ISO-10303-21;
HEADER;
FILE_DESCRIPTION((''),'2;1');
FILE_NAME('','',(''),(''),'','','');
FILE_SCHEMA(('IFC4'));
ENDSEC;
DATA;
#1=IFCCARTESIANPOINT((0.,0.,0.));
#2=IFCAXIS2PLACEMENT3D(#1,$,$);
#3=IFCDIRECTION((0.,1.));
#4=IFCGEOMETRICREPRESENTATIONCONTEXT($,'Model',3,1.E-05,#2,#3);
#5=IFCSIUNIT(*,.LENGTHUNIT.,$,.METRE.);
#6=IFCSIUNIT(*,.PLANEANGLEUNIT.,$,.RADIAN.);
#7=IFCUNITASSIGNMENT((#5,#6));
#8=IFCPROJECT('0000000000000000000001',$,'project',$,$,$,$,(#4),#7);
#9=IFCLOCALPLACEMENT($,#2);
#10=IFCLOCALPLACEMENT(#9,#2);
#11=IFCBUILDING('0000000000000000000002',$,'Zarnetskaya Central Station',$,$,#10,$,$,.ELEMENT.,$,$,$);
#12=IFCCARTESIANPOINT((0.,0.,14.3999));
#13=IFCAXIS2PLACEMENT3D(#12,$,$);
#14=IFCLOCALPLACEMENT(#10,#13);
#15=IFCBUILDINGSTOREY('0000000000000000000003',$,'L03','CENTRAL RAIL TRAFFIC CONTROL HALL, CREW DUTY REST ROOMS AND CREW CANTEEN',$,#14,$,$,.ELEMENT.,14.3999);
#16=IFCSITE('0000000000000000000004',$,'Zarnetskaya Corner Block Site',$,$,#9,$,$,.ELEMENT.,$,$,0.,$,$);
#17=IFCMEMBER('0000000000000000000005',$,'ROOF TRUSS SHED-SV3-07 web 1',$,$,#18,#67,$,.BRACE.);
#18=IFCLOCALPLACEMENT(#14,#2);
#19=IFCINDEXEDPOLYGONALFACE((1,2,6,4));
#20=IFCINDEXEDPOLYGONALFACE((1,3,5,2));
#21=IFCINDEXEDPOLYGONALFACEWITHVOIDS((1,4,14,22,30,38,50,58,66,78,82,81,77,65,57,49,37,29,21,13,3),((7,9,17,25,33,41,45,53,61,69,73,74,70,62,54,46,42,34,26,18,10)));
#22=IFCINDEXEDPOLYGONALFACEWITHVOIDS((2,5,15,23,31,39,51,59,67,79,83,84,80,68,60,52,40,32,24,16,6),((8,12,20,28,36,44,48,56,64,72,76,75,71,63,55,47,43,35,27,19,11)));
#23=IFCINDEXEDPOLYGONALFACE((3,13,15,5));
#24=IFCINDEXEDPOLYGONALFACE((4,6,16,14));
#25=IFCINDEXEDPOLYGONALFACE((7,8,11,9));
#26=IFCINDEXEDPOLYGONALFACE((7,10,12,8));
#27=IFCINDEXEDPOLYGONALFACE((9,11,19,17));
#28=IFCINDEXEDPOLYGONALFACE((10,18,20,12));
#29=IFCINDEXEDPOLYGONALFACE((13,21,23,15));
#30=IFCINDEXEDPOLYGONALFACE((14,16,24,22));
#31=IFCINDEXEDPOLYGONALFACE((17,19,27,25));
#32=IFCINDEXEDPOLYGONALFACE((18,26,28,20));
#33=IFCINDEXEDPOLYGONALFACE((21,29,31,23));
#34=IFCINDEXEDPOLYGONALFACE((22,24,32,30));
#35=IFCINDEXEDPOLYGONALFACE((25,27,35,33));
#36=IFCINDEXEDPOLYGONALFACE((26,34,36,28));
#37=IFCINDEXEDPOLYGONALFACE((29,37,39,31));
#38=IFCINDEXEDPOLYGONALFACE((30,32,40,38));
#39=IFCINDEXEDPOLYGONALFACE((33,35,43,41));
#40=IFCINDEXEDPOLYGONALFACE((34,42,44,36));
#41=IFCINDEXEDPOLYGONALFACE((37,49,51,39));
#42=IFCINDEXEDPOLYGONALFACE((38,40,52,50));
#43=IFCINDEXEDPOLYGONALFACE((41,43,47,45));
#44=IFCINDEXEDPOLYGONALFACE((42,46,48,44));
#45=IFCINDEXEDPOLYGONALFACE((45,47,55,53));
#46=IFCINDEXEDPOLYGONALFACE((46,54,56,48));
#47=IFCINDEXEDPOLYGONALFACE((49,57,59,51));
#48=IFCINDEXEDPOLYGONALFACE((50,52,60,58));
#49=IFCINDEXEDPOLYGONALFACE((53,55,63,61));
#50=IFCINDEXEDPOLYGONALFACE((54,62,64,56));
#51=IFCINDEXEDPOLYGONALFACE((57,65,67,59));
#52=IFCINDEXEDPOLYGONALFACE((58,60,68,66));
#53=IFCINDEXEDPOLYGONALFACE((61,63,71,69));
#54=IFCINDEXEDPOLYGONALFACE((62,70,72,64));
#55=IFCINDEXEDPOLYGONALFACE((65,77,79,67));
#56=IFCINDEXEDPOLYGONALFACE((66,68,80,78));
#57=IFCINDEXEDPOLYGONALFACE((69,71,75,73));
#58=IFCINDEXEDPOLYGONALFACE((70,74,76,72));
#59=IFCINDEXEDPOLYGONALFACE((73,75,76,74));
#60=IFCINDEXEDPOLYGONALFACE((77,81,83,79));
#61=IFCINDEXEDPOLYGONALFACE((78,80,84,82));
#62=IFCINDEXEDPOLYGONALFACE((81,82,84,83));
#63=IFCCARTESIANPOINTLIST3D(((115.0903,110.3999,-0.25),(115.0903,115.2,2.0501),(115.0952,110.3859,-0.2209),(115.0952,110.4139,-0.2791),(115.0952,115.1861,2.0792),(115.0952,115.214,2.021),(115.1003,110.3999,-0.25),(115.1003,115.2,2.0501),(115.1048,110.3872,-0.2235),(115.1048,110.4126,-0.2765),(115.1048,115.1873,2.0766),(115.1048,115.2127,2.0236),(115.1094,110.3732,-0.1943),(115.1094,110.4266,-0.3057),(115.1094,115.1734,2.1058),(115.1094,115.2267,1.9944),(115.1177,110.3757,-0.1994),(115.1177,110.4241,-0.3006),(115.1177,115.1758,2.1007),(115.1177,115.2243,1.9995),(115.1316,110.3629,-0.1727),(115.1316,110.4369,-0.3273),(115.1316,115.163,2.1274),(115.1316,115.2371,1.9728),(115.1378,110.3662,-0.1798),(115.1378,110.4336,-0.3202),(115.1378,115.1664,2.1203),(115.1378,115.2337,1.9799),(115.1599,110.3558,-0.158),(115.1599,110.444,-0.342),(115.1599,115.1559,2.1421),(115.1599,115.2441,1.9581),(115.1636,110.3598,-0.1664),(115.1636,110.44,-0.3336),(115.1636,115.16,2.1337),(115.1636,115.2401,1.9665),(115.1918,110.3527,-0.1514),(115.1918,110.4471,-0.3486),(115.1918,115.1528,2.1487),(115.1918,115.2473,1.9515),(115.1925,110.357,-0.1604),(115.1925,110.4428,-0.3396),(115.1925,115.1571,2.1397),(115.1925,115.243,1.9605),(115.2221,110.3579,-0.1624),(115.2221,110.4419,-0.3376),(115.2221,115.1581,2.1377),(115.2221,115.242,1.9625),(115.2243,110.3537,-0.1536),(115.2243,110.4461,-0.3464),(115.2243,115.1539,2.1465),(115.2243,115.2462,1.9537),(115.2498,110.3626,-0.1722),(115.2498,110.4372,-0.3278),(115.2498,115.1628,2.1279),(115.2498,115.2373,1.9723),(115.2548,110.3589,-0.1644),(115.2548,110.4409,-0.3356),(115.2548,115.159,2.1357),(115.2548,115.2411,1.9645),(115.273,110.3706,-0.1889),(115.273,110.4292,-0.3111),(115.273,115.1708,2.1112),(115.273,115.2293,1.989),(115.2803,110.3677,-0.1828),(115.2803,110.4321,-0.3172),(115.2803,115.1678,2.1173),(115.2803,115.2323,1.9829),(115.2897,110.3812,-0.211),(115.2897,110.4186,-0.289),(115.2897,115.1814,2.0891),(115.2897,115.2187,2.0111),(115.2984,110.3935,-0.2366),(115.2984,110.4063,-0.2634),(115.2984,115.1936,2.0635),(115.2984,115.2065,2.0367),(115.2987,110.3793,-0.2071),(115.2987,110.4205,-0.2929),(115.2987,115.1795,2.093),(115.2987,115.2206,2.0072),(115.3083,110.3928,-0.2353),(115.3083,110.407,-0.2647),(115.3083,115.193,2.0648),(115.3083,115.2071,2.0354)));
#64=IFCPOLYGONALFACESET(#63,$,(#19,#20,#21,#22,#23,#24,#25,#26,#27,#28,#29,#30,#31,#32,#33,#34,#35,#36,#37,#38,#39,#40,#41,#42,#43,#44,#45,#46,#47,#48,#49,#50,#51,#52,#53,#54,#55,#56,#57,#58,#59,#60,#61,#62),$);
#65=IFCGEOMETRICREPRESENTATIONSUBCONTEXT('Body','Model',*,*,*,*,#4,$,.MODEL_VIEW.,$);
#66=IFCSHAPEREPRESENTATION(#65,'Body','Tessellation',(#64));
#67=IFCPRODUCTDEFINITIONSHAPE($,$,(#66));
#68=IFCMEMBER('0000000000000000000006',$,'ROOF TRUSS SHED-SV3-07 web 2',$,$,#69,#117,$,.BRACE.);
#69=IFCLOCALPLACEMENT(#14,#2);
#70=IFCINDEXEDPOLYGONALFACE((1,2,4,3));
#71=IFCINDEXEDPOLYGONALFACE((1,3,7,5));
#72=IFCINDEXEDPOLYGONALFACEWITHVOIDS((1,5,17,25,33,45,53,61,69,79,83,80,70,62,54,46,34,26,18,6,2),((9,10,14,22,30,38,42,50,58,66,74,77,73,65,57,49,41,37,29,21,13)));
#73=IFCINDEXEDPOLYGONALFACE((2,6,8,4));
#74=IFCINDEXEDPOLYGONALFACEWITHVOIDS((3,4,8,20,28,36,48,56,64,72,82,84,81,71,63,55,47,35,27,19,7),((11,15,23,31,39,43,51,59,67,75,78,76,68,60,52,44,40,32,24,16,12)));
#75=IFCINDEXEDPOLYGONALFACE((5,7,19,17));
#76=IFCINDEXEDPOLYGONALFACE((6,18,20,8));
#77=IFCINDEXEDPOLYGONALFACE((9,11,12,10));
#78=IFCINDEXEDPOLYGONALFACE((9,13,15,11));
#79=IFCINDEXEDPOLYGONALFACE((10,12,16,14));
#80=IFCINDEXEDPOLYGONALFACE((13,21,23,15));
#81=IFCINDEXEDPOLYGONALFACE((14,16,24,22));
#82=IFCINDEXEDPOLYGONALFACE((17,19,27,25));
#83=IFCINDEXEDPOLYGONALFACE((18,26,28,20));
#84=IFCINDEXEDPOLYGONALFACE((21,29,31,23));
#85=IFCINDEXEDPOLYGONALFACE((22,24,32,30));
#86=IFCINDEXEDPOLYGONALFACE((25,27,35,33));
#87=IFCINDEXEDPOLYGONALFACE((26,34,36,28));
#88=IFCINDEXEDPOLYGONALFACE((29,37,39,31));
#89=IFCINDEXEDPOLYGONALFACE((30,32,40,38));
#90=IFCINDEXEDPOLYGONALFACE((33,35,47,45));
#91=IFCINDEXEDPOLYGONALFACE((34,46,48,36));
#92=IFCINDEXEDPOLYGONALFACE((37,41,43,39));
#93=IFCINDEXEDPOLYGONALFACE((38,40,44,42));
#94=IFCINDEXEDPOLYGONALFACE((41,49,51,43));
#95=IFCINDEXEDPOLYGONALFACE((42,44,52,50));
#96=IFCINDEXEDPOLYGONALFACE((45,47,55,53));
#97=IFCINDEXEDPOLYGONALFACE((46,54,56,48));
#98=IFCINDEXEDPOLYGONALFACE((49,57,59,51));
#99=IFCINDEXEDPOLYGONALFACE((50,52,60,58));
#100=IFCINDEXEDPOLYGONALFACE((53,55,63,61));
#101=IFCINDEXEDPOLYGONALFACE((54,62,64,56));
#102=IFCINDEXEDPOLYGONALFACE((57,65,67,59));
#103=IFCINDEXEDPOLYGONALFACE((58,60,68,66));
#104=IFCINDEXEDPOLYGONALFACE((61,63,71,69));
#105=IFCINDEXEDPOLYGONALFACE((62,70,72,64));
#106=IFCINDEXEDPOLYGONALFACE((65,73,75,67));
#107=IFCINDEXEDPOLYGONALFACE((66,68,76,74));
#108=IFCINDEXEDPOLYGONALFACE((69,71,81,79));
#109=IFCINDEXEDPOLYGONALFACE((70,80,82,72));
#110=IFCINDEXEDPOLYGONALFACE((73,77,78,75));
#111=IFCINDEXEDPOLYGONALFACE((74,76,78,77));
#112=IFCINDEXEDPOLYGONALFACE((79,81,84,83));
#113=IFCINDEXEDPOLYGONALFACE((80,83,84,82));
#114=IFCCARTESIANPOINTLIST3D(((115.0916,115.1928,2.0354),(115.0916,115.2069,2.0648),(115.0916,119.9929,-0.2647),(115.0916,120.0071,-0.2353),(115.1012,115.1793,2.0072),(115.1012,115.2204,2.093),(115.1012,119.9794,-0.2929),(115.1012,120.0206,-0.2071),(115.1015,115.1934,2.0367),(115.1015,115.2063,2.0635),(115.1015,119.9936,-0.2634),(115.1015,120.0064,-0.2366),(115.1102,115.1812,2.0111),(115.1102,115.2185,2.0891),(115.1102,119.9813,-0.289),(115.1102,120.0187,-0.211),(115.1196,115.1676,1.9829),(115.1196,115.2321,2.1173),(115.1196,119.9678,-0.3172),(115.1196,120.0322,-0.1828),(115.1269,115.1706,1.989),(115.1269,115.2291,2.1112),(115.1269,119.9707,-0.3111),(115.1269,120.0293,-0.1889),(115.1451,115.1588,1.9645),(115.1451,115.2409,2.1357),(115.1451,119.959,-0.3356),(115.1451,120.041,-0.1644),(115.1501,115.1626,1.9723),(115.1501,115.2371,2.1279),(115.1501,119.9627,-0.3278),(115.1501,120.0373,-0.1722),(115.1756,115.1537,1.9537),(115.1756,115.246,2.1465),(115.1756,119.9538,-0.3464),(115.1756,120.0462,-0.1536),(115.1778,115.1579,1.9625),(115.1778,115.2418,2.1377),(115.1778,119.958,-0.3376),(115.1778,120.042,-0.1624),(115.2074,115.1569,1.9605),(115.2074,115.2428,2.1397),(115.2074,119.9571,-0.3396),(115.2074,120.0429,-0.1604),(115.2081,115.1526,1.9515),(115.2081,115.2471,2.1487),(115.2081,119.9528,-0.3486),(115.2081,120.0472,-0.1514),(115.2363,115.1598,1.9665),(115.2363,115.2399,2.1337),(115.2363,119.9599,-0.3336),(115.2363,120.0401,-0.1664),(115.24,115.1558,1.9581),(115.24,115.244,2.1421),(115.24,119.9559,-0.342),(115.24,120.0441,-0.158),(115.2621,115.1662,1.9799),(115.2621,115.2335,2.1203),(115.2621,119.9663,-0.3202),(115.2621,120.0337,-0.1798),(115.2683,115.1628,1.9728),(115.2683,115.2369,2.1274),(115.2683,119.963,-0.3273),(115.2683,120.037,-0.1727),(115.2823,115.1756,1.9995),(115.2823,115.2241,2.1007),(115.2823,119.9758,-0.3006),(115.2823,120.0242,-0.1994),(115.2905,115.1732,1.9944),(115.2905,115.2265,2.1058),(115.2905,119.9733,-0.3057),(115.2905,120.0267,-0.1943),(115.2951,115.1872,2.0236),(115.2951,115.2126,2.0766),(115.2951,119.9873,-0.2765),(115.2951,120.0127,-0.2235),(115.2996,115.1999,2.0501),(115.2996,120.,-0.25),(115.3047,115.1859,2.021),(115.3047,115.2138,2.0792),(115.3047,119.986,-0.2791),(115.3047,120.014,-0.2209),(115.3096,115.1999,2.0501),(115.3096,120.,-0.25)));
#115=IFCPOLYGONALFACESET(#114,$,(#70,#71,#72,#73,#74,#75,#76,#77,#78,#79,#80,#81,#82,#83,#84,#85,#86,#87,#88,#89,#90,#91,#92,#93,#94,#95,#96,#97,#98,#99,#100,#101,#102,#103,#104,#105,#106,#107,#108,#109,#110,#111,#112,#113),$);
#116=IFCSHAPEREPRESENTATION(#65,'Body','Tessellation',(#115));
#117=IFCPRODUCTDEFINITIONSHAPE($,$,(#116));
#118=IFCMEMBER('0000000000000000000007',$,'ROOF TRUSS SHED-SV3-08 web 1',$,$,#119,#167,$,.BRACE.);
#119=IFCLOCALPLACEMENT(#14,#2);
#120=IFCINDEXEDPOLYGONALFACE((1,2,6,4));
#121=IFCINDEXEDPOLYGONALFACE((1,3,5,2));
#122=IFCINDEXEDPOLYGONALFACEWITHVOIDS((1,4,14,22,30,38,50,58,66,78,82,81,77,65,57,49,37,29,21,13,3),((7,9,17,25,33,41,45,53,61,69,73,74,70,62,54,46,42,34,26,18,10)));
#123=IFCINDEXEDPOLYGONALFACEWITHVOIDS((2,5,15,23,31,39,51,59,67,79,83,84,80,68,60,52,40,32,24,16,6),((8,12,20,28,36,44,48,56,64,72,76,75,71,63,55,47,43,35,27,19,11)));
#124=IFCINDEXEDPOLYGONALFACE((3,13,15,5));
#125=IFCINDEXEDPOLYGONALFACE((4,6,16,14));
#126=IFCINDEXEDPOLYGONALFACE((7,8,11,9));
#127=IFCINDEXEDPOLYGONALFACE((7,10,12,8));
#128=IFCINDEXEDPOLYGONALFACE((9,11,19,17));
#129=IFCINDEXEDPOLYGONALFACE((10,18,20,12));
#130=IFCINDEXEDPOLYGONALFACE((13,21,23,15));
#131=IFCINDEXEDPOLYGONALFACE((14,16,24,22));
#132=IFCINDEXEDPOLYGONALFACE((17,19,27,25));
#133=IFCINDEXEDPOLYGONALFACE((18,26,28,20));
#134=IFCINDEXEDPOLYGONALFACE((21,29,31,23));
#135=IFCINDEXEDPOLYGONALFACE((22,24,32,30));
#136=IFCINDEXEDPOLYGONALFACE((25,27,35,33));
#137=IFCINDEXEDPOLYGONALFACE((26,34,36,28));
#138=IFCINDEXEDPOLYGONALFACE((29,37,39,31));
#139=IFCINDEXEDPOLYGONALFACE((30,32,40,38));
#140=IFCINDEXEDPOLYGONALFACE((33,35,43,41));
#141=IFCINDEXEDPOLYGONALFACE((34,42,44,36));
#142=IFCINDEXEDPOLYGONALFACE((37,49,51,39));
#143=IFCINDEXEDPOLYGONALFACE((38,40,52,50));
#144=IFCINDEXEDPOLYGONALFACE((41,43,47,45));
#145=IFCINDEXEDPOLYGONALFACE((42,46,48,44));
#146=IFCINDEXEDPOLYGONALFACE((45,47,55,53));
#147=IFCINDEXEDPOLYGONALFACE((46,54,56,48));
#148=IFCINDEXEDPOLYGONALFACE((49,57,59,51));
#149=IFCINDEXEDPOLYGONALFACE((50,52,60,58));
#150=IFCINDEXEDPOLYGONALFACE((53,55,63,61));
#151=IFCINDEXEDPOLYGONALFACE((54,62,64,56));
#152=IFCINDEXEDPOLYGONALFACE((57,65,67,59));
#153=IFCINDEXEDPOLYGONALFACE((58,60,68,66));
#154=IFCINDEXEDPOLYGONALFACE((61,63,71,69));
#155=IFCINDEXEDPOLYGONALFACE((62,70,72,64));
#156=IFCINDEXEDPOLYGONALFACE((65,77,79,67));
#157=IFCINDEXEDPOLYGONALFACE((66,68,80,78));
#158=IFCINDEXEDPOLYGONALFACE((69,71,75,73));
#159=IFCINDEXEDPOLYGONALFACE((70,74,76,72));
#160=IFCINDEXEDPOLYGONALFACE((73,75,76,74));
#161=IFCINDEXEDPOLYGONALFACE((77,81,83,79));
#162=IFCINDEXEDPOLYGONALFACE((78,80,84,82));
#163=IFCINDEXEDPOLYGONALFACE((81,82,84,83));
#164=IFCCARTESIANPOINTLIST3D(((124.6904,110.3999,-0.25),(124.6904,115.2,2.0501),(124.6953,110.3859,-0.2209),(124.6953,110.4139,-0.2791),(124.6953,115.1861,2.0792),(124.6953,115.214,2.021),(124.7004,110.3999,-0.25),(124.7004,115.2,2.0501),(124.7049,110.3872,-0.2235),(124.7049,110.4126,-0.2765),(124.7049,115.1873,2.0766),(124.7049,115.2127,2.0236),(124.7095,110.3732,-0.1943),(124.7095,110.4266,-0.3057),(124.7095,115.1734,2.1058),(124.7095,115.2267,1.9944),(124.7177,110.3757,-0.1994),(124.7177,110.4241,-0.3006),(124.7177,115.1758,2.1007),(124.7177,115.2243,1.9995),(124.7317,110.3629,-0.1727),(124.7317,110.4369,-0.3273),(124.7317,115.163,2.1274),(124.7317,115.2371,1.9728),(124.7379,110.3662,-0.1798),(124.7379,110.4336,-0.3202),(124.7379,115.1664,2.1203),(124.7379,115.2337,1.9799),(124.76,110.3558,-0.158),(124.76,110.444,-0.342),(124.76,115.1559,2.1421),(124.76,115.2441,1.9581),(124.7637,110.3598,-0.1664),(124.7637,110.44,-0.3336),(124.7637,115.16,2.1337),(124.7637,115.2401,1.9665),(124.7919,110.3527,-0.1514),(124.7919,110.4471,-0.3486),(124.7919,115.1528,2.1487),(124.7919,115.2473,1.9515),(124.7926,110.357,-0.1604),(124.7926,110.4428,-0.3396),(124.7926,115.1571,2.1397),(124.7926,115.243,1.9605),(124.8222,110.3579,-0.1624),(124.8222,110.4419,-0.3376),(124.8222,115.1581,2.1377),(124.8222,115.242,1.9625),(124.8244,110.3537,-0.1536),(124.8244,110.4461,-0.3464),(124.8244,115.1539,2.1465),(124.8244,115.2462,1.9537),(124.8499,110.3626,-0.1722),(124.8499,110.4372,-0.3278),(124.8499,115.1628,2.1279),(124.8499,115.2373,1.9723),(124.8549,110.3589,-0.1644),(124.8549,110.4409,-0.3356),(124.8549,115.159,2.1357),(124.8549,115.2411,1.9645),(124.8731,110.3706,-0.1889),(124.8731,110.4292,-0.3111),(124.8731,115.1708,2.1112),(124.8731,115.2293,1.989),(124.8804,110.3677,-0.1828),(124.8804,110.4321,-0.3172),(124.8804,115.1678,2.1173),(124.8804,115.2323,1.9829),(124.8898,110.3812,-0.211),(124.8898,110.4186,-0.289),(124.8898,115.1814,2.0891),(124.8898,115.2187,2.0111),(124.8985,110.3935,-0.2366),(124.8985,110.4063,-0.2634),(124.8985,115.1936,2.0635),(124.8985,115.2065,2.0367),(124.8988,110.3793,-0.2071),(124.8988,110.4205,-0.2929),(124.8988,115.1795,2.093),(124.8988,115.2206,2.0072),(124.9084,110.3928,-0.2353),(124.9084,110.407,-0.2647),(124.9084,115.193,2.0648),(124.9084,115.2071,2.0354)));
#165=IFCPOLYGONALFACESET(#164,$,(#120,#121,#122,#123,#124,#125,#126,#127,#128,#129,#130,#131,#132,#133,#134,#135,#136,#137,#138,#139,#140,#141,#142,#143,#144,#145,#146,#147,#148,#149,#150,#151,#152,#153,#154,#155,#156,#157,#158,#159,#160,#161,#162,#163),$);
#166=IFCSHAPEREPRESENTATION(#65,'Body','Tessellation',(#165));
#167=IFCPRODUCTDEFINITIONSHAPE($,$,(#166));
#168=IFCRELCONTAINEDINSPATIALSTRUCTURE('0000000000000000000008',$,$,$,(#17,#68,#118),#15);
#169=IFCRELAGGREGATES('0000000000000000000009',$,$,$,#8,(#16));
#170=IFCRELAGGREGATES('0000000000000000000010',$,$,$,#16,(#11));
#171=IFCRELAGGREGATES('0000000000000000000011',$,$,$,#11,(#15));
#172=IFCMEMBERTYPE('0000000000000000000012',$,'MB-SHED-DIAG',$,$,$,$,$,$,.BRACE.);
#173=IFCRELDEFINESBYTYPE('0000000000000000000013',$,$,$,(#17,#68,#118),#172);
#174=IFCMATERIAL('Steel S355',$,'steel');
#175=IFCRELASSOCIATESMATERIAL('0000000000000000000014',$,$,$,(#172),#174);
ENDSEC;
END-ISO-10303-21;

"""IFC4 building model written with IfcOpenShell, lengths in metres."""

from ifc_helpers import new_model, si_unit, direction, frame, origin, origin_2d, place, context, subcontext, project, spatial, hollow_circle, extrude, material, material_profile, profile_set, type_object, element, save


model = new_model("IFC4")

# Units and contexts
model_context = context("Model", 3, precision=1e-05, world=origin(), true_north=direction((0.0, 1.0)))
body_context = subcontext(model_context, "Body", "Model", "MODEL_VIEW")
ifc_project = project(units=[si_unit("LENGTHUNIT", "METRE"), si_unit("PLANEANGLEUNIT", "RADIAN")], contexts=[model_context])

# Site, building, storey
site_placement = place(None, origin())
site = spatial("IfcSite", under=ifc_project, at=site_placement, Name="Zarnetskaya Corner Block Site", CompositionType="ELEMENT", RefElevation=0.0)
building_placement = place(site_placement, origin())
building = spatial("IfcBuilding", under=site, at=building_placement, Name="Zarnetskaya Central Station", CompositionType="ELEMENT")
storey_placement = place(building_placement, frame((0.0, 0.0, 14.3999)))
storey = spatial("IfcBuildingStorey", under=building, at=storey_placement, Name="L03", Description="CENTRAL RAIL TRAFFIC CONTROL HALL, CREW DUTY REST ROOMS AND CREW CANTEEN", CompositionType="ELEMENT", Elevation=14.3999)

# Shared definitions
ifc_material_1 = material(Name="Steel S355", Category="steel")

# Members
ifc_material_profile_1 = material_profile(ifc_material_1, hollow_circle(Radius=0.1096, WallThickness=0.01, at=origin_2d()), Name="CHS 219.1x10")
ifc_profile_set_1 = profile_set([ifc_material_profile_1], Name="Steel S355")
member_type_1 = type_object("IfcMemberType", Name="MB-SHED-DIAG", PredefinedType="BRACE", material=ifc_profile_set_1)
for number, where, z_axis, x_axis, name in (
    (1, (115.2, 110.3999, -0.25), (0.0, 0.901814, 0.432124), (-1.0, 0.0, 0.0), "ROOF TRUSS SHED-SV3-07 web 1"),
    (2, (115.2, 120.0, -0.25), (0.0, -0.901814, 0.432124), (1.0, 0.0, 0.0), "ROOF TRUSS SHED-SV3-07 web 2"),
    (3, (124.8, 110.3999, -0.25), (0.0, 0.901814, 0.432124), (-1.0, 0.0, 0.0), "ROOF TRUSS SHED-SV3-08 web 1"),
):
    element("IfcMember", number, at=place(storey_placement, frame(where, z_axis=z_axis, x_axis=x_axis)), inside=storey, type_object=member_type_1, Name=name, PredefinedType="BRACE", context=body_context, shape_type="SweptSolid", body=[
        extrude(hollow_circle(Radius=0.1096, WallThickness=0.01, at=origin_2d()), origin(), (0.0, 0.0, 1.0), 5.3228),
    ])

save(model, "model.ifc")
